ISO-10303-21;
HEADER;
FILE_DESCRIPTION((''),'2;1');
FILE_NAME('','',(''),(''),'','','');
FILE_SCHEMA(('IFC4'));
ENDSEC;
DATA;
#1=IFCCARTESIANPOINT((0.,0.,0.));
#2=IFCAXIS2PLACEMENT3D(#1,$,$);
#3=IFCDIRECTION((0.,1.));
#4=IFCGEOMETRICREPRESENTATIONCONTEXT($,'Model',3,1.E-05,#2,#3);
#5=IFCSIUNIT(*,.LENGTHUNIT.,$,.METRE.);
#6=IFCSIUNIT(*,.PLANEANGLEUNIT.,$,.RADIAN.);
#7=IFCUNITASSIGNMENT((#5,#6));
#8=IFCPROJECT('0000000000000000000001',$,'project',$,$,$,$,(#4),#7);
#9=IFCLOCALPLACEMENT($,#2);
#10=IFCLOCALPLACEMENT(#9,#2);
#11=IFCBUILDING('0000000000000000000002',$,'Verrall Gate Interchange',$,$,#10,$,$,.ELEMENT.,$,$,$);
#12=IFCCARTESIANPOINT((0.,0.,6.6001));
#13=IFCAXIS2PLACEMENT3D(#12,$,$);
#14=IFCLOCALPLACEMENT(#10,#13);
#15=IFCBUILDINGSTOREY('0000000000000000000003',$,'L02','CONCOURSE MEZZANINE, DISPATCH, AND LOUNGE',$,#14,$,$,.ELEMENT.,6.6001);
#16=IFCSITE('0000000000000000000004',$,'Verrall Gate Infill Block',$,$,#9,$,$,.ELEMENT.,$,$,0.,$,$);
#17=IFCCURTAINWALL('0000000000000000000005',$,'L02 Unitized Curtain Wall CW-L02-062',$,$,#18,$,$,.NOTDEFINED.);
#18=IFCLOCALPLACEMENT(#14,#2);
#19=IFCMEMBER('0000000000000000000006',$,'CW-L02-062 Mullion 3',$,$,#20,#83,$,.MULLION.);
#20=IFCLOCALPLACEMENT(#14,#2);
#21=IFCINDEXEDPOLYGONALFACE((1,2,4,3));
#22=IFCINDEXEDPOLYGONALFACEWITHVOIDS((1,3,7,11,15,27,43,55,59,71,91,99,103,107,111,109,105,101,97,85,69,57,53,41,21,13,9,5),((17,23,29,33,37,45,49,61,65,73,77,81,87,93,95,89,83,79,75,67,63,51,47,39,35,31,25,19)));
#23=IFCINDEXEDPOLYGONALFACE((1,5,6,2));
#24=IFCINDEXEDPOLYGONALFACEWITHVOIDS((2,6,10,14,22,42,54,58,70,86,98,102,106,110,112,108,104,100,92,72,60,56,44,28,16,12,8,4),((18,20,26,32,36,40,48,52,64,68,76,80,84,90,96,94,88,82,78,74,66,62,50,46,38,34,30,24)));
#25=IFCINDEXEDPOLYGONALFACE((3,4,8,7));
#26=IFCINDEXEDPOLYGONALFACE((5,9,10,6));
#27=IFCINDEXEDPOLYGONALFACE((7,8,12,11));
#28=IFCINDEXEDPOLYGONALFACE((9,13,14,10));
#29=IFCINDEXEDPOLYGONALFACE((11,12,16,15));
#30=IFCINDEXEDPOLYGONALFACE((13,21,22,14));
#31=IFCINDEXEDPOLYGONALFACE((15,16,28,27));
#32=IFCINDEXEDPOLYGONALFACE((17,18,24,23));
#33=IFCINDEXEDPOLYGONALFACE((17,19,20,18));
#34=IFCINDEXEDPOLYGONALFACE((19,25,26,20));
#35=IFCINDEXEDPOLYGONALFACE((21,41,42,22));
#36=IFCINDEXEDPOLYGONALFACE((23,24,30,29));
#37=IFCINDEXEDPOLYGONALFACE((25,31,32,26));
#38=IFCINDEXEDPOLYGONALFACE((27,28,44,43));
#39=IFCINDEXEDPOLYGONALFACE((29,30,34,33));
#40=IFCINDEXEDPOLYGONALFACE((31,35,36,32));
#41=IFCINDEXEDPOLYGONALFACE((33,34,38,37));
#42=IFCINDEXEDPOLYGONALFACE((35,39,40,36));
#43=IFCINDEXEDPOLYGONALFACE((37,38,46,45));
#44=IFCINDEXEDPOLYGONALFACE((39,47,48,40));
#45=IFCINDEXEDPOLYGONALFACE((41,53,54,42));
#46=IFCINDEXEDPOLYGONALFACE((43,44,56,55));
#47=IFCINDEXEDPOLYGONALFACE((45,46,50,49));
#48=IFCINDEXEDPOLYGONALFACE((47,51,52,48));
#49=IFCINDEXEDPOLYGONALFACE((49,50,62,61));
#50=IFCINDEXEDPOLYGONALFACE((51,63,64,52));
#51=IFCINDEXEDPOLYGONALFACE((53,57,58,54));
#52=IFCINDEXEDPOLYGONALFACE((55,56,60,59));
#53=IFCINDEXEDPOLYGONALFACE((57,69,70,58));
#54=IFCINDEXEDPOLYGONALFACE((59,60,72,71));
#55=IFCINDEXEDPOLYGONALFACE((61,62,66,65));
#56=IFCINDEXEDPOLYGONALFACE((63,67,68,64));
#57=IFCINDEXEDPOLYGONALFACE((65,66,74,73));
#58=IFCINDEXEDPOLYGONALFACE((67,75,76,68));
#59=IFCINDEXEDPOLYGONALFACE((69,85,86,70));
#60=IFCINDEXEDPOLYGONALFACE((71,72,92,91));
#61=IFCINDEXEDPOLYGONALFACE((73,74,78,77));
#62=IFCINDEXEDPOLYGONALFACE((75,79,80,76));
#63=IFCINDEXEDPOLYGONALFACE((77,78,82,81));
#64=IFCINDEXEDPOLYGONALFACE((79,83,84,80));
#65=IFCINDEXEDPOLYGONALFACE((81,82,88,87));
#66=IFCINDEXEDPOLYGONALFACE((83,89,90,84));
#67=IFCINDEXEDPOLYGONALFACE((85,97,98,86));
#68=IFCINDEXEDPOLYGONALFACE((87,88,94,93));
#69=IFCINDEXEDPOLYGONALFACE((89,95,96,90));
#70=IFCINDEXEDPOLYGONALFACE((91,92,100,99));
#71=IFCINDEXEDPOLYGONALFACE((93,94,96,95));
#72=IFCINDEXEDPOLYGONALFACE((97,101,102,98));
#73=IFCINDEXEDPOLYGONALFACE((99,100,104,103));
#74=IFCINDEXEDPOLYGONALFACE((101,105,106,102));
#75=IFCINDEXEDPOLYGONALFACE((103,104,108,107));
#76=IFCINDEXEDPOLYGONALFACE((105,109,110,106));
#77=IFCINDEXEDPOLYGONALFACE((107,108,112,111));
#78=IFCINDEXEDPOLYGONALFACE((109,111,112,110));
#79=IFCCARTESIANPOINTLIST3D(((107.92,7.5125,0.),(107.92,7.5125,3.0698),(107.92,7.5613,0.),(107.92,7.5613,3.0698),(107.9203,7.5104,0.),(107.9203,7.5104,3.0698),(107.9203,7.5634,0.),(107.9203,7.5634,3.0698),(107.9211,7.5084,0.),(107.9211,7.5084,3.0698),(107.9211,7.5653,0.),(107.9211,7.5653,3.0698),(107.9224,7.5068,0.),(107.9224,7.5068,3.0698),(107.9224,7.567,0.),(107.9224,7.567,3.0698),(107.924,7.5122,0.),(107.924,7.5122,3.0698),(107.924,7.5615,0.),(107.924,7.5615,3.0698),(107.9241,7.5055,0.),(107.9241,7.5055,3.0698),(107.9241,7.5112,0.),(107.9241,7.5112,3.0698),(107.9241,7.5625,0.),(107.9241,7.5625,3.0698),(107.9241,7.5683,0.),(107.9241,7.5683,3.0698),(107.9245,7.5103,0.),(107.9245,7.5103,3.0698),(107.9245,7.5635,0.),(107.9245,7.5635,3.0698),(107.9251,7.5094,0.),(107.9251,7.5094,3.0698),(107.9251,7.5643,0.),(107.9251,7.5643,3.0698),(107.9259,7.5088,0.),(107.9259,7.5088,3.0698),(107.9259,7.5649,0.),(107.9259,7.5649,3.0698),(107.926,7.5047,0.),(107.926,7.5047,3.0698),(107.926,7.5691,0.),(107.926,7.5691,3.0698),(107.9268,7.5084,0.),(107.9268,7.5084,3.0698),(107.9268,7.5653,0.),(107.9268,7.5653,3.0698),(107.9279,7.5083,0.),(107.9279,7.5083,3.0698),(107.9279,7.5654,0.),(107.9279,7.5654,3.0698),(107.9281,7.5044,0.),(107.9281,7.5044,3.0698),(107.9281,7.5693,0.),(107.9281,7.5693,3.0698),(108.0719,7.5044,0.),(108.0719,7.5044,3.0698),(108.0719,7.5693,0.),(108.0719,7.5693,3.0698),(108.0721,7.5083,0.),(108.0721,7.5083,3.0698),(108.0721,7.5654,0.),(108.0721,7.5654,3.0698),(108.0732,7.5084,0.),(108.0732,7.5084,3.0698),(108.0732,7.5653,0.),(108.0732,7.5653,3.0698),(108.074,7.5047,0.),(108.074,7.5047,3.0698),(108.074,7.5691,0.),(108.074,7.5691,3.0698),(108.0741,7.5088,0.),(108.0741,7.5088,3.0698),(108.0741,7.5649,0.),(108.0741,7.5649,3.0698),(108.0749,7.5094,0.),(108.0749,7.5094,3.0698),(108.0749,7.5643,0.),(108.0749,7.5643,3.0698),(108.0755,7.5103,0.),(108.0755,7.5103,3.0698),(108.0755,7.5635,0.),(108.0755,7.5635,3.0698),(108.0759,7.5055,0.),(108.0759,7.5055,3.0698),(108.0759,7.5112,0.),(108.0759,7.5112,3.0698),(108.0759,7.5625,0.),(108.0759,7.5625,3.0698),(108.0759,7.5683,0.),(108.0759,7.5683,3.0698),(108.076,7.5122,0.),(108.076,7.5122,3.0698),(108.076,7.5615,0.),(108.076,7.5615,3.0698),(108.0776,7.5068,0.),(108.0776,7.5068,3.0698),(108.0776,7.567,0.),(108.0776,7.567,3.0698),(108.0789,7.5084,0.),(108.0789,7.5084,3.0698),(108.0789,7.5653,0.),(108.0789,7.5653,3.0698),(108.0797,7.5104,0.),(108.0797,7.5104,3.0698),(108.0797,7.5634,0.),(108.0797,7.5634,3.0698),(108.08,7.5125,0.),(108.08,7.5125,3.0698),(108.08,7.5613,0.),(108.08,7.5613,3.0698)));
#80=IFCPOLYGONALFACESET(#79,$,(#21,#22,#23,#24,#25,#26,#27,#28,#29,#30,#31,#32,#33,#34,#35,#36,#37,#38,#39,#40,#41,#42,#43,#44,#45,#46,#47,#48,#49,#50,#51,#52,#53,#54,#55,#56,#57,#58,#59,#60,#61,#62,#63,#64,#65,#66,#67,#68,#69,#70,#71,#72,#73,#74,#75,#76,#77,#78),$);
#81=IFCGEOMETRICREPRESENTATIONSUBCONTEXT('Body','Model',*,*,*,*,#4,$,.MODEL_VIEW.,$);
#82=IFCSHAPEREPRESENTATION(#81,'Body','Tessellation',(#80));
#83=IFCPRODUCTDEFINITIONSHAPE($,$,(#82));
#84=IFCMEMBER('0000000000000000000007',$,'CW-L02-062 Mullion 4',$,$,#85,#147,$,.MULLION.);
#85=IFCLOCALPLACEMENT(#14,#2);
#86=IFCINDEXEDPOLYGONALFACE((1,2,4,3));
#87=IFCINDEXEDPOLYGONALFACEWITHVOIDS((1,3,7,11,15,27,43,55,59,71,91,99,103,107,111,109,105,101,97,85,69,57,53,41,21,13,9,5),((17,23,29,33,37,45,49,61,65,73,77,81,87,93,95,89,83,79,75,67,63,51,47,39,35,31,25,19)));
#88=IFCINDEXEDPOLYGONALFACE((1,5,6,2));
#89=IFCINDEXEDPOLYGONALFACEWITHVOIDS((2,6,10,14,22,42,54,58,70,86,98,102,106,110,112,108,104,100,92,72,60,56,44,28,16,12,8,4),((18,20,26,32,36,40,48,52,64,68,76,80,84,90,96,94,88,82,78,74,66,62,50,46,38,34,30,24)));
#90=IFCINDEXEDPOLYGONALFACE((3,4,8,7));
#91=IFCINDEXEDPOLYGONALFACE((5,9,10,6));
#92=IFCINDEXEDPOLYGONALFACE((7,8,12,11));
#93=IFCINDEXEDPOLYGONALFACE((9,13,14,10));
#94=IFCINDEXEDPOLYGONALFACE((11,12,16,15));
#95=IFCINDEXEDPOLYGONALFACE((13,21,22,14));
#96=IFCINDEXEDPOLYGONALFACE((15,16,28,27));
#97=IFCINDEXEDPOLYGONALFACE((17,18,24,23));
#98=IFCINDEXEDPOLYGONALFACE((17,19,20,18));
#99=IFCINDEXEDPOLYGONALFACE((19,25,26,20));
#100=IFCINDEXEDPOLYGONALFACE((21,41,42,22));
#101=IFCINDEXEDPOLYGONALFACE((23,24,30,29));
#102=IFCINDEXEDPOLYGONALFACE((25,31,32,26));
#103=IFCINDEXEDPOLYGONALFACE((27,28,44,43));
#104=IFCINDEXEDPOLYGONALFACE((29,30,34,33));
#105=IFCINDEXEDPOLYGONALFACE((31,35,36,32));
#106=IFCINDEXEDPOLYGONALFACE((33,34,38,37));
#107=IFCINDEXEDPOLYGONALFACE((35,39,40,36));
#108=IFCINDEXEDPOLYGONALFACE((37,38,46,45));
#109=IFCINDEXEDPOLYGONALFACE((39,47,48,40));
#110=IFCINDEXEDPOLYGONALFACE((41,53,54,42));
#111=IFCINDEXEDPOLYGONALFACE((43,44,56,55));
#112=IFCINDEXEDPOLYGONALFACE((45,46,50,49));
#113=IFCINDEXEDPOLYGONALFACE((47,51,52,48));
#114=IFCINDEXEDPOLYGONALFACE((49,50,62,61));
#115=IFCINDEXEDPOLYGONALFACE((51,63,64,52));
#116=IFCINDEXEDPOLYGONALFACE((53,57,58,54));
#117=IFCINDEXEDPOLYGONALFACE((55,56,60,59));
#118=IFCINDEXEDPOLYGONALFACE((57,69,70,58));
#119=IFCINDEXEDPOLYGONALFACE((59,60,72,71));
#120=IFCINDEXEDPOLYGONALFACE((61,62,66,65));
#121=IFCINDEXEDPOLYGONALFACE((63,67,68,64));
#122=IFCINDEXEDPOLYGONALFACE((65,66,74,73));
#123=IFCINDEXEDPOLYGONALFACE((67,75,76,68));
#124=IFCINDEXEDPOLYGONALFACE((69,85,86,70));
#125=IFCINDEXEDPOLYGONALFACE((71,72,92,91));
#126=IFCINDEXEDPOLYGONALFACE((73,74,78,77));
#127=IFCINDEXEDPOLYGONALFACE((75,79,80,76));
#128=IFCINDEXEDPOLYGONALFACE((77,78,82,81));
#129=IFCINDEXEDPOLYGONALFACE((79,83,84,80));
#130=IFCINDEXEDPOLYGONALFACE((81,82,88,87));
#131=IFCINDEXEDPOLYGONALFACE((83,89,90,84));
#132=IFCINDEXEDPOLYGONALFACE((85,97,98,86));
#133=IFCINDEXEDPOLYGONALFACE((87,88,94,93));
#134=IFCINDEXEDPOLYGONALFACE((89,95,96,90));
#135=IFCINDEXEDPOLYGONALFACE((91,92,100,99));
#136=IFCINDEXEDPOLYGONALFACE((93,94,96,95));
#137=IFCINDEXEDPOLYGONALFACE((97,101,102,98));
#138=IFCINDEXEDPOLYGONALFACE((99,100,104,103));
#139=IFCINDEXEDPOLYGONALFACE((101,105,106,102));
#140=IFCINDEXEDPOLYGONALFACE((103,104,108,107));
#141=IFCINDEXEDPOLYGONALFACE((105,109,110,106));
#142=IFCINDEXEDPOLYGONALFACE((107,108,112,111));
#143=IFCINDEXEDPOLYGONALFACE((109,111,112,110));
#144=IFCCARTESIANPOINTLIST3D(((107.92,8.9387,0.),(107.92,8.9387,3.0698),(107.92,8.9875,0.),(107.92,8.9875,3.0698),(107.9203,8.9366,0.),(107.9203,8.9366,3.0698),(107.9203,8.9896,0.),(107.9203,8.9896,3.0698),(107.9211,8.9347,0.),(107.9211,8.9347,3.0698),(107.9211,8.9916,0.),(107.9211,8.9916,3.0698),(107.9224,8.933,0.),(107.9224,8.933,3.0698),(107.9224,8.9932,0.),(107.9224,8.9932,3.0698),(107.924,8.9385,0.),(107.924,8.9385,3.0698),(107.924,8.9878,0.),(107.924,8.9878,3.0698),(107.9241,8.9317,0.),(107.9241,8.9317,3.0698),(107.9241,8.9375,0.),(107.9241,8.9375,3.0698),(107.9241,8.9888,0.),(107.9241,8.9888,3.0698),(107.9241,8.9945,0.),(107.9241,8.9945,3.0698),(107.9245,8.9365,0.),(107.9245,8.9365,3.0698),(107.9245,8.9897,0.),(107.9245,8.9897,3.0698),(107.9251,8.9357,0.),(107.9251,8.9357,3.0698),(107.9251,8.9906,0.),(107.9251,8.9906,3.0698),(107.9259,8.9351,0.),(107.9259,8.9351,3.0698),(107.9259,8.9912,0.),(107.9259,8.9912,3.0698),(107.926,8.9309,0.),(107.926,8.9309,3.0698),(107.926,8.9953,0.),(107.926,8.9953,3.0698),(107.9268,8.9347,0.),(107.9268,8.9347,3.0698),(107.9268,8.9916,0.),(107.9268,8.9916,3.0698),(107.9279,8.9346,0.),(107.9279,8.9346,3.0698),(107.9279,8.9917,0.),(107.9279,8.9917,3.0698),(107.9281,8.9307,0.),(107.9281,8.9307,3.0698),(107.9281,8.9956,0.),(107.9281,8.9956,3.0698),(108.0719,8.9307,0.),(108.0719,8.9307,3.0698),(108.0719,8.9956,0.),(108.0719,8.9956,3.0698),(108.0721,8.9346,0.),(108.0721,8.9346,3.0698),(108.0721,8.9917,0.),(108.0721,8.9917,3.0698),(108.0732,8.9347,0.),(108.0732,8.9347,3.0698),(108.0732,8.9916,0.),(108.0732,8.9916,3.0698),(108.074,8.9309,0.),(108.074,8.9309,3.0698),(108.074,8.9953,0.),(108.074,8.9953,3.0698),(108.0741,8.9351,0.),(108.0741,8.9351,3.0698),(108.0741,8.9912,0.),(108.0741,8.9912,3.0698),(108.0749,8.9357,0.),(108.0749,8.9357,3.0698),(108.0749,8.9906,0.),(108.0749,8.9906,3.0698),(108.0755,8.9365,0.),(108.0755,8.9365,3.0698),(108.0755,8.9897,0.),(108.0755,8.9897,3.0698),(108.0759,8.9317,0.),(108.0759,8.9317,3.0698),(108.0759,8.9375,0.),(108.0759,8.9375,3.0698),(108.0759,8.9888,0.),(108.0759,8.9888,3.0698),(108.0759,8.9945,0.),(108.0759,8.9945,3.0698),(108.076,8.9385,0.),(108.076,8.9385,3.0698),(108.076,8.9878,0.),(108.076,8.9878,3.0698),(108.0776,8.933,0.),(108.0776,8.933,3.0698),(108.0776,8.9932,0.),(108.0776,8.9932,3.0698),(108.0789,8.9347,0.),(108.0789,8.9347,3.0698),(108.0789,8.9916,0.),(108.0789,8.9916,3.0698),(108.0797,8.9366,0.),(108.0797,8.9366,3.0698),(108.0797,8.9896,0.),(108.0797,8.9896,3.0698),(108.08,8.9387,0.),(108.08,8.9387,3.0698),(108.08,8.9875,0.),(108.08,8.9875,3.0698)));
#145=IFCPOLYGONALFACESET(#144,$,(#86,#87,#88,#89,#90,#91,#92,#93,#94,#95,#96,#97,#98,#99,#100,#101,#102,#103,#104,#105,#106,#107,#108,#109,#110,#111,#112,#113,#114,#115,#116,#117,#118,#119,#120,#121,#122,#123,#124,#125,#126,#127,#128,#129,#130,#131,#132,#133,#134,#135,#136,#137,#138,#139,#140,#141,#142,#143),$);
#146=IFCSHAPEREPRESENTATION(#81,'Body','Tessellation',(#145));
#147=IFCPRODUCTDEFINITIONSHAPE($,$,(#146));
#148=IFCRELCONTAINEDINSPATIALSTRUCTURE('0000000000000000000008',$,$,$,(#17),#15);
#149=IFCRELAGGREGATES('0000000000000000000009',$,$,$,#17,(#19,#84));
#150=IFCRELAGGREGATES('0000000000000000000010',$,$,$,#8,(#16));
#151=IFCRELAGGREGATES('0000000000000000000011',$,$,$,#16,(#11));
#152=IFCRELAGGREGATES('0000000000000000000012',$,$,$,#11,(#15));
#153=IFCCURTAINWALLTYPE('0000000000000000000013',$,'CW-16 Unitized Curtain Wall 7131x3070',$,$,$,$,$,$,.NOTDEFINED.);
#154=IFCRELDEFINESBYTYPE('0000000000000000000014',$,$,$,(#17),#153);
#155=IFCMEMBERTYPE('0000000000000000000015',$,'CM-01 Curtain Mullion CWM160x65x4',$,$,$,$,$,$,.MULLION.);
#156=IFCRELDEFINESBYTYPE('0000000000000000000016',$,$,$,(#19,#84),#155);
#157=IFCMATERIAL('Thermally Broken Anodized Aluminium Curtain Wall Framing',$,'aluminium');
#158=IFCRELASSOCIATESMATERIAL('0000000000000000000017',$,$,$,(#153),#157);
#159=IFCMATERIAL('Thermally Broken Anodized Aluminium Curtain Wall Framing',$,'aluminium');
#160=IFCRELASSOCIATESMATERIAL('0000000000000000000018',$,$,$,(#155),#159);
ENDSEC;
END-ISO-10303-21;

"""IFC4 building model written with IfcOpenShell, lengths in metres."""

from ifc_helpers import new_model, si_unit, direction, frame, origin, origin_2d, place, context, subcontext, project, spatial, hollow_rectangle, extrude, material, material_profile, profile_set, type_object, element, aggregate, save


model = new_model("IFC4")

# Units and contexts
model_context = context("Model", 3, precision=1e-05, world=origin(), true_north=direction((0.0, 1.0)))
body_context = subcontext(model_context, "Body", "Model", "MODEL_VIEW")
ifc_project = project(units=[si_unit("LENGTHUNIT", "METRE"), si_unit("PLANEANGLEUNIT", "RADIAN")], contexts=[model_context])

# Site, building, storey
site_placement = place(None, origin())
site = spatial("IfcSite", under=ifc_project, at=site_placement, Name="Verrall Gate Infill Block", CompositionType="ELEMENT", RefElevation=0.0)
building_placement = place(site_placement, origin())
building = spatial("IfcBuilding", under=site, at=building_placement, Name="Verrall Gate Interchange", CompositionType="ELEMENT")
storey_placement = place(building_placement, frame((0.0, 0.0, 6.6001)))
storey = spatial("IfcBuildingStorey", under=building, at=storey_placement, Name="L02", Description="CONCOURSE MEZZANINE, DISPATCH, AND LOUNGE", CompositionType="ELEMENT", Elevation=6.6001)

# Curtain wall, members
ifc_material_1 = material(Name="Thermally Broken Anodized Aluminium Curtain Wall Framing", Category="aluminium")
curtain_wall_type_1 = type_object("IfcCurtainWallType", Name="CW-16 Unitized Curtain Wall 7131x3070", PredefinedType="NOTDEFINED", material=ifc_material_1)
curtain_wall_1_placement = place(storey_placement, origin())
curtain_wall_1 = element("IfcCurtainWall", 1, at=curtain_wall_1_placement, inside=storey, type_object=curtain_wall_type_1, Name="L02 Unitized Curtain Wall CW-L02-062", PredefinedType="NOTDEFINED")
ifc_material_2 = material(Name="Thermally Broken Anodized Aluminium Curtain Wall Framing", Category="aluminium")
ifc_material_profile_1 = material_profile(ifc_material_2, hollow_rectangle(XDim=0.0649, YDim=0.1599, WallThickness=0.0039, InnerFilletRadius=0.0039, OuterFilletRadius=0.0081, at=origin_2d()), Name="CWM160x65x4")
ifc_profile_set_1 = profile_set([ifc_material_profile_1], Name="Thermally Broken Anodized Aluminium Curtain Wall Framing")
member_type_1 = type_object("IfcMemberType", Name="CM-01 Curtain Mullion CWM160x65x4", PredefinedType="MULLION", material=ifc_profile_set_1)
member_1_placement = place(storey_placement, frame((108.0, 7.5369, 0.0), z_axis=(0.0, 0.0, 1.0), x_axis=(0.0, 1.0, 0.0)))
member_1 = element("IfcMember", 2, at=member_1_placement, type_object=member_type_1, Name="CW-L02-062 Mullion 3", PredefinedType="MULLION", context=body_context, shape_type="SweptSolid", body=[
    extrude(hollow_rectangle(XDim=0.0649, YDim=0.1599, WallThickness=0.0039, InnerFilletRadius=0.0039, OuterFilletRadius=0.0081, at=origin_2d()), origin(), (0.0, 0.0, 1.0), 3.0698),
])
member_2_placement = place(storey_placement, frame((108.0, 8.9631, 0.0), z_axis=(0.0, 0.0, 1.0), x_axis=(0.0, 1.0, 0.0)))
member_2 = element("IfcMember", 3, at=member_2_placement, type_object=member_type_1, Name="CW-L02-062 Mullion 4", PredefinedType="MULLION", context=body_context, shape_type="SweptSolid", body=[
    extrude(hollow_rectangle(XDim=0.0649, YDim=0.1599, WallThickness=0.0039, InnerFilletRadius=0.0039, OuterFilletRadius=0.0081, at=origin_2d()), origin(), (0.0, 0.0, 1.0), 3.0698),
])

aggregate(curtain_wall_1, [member_1, member_2])

save(model, "model.ifc")
